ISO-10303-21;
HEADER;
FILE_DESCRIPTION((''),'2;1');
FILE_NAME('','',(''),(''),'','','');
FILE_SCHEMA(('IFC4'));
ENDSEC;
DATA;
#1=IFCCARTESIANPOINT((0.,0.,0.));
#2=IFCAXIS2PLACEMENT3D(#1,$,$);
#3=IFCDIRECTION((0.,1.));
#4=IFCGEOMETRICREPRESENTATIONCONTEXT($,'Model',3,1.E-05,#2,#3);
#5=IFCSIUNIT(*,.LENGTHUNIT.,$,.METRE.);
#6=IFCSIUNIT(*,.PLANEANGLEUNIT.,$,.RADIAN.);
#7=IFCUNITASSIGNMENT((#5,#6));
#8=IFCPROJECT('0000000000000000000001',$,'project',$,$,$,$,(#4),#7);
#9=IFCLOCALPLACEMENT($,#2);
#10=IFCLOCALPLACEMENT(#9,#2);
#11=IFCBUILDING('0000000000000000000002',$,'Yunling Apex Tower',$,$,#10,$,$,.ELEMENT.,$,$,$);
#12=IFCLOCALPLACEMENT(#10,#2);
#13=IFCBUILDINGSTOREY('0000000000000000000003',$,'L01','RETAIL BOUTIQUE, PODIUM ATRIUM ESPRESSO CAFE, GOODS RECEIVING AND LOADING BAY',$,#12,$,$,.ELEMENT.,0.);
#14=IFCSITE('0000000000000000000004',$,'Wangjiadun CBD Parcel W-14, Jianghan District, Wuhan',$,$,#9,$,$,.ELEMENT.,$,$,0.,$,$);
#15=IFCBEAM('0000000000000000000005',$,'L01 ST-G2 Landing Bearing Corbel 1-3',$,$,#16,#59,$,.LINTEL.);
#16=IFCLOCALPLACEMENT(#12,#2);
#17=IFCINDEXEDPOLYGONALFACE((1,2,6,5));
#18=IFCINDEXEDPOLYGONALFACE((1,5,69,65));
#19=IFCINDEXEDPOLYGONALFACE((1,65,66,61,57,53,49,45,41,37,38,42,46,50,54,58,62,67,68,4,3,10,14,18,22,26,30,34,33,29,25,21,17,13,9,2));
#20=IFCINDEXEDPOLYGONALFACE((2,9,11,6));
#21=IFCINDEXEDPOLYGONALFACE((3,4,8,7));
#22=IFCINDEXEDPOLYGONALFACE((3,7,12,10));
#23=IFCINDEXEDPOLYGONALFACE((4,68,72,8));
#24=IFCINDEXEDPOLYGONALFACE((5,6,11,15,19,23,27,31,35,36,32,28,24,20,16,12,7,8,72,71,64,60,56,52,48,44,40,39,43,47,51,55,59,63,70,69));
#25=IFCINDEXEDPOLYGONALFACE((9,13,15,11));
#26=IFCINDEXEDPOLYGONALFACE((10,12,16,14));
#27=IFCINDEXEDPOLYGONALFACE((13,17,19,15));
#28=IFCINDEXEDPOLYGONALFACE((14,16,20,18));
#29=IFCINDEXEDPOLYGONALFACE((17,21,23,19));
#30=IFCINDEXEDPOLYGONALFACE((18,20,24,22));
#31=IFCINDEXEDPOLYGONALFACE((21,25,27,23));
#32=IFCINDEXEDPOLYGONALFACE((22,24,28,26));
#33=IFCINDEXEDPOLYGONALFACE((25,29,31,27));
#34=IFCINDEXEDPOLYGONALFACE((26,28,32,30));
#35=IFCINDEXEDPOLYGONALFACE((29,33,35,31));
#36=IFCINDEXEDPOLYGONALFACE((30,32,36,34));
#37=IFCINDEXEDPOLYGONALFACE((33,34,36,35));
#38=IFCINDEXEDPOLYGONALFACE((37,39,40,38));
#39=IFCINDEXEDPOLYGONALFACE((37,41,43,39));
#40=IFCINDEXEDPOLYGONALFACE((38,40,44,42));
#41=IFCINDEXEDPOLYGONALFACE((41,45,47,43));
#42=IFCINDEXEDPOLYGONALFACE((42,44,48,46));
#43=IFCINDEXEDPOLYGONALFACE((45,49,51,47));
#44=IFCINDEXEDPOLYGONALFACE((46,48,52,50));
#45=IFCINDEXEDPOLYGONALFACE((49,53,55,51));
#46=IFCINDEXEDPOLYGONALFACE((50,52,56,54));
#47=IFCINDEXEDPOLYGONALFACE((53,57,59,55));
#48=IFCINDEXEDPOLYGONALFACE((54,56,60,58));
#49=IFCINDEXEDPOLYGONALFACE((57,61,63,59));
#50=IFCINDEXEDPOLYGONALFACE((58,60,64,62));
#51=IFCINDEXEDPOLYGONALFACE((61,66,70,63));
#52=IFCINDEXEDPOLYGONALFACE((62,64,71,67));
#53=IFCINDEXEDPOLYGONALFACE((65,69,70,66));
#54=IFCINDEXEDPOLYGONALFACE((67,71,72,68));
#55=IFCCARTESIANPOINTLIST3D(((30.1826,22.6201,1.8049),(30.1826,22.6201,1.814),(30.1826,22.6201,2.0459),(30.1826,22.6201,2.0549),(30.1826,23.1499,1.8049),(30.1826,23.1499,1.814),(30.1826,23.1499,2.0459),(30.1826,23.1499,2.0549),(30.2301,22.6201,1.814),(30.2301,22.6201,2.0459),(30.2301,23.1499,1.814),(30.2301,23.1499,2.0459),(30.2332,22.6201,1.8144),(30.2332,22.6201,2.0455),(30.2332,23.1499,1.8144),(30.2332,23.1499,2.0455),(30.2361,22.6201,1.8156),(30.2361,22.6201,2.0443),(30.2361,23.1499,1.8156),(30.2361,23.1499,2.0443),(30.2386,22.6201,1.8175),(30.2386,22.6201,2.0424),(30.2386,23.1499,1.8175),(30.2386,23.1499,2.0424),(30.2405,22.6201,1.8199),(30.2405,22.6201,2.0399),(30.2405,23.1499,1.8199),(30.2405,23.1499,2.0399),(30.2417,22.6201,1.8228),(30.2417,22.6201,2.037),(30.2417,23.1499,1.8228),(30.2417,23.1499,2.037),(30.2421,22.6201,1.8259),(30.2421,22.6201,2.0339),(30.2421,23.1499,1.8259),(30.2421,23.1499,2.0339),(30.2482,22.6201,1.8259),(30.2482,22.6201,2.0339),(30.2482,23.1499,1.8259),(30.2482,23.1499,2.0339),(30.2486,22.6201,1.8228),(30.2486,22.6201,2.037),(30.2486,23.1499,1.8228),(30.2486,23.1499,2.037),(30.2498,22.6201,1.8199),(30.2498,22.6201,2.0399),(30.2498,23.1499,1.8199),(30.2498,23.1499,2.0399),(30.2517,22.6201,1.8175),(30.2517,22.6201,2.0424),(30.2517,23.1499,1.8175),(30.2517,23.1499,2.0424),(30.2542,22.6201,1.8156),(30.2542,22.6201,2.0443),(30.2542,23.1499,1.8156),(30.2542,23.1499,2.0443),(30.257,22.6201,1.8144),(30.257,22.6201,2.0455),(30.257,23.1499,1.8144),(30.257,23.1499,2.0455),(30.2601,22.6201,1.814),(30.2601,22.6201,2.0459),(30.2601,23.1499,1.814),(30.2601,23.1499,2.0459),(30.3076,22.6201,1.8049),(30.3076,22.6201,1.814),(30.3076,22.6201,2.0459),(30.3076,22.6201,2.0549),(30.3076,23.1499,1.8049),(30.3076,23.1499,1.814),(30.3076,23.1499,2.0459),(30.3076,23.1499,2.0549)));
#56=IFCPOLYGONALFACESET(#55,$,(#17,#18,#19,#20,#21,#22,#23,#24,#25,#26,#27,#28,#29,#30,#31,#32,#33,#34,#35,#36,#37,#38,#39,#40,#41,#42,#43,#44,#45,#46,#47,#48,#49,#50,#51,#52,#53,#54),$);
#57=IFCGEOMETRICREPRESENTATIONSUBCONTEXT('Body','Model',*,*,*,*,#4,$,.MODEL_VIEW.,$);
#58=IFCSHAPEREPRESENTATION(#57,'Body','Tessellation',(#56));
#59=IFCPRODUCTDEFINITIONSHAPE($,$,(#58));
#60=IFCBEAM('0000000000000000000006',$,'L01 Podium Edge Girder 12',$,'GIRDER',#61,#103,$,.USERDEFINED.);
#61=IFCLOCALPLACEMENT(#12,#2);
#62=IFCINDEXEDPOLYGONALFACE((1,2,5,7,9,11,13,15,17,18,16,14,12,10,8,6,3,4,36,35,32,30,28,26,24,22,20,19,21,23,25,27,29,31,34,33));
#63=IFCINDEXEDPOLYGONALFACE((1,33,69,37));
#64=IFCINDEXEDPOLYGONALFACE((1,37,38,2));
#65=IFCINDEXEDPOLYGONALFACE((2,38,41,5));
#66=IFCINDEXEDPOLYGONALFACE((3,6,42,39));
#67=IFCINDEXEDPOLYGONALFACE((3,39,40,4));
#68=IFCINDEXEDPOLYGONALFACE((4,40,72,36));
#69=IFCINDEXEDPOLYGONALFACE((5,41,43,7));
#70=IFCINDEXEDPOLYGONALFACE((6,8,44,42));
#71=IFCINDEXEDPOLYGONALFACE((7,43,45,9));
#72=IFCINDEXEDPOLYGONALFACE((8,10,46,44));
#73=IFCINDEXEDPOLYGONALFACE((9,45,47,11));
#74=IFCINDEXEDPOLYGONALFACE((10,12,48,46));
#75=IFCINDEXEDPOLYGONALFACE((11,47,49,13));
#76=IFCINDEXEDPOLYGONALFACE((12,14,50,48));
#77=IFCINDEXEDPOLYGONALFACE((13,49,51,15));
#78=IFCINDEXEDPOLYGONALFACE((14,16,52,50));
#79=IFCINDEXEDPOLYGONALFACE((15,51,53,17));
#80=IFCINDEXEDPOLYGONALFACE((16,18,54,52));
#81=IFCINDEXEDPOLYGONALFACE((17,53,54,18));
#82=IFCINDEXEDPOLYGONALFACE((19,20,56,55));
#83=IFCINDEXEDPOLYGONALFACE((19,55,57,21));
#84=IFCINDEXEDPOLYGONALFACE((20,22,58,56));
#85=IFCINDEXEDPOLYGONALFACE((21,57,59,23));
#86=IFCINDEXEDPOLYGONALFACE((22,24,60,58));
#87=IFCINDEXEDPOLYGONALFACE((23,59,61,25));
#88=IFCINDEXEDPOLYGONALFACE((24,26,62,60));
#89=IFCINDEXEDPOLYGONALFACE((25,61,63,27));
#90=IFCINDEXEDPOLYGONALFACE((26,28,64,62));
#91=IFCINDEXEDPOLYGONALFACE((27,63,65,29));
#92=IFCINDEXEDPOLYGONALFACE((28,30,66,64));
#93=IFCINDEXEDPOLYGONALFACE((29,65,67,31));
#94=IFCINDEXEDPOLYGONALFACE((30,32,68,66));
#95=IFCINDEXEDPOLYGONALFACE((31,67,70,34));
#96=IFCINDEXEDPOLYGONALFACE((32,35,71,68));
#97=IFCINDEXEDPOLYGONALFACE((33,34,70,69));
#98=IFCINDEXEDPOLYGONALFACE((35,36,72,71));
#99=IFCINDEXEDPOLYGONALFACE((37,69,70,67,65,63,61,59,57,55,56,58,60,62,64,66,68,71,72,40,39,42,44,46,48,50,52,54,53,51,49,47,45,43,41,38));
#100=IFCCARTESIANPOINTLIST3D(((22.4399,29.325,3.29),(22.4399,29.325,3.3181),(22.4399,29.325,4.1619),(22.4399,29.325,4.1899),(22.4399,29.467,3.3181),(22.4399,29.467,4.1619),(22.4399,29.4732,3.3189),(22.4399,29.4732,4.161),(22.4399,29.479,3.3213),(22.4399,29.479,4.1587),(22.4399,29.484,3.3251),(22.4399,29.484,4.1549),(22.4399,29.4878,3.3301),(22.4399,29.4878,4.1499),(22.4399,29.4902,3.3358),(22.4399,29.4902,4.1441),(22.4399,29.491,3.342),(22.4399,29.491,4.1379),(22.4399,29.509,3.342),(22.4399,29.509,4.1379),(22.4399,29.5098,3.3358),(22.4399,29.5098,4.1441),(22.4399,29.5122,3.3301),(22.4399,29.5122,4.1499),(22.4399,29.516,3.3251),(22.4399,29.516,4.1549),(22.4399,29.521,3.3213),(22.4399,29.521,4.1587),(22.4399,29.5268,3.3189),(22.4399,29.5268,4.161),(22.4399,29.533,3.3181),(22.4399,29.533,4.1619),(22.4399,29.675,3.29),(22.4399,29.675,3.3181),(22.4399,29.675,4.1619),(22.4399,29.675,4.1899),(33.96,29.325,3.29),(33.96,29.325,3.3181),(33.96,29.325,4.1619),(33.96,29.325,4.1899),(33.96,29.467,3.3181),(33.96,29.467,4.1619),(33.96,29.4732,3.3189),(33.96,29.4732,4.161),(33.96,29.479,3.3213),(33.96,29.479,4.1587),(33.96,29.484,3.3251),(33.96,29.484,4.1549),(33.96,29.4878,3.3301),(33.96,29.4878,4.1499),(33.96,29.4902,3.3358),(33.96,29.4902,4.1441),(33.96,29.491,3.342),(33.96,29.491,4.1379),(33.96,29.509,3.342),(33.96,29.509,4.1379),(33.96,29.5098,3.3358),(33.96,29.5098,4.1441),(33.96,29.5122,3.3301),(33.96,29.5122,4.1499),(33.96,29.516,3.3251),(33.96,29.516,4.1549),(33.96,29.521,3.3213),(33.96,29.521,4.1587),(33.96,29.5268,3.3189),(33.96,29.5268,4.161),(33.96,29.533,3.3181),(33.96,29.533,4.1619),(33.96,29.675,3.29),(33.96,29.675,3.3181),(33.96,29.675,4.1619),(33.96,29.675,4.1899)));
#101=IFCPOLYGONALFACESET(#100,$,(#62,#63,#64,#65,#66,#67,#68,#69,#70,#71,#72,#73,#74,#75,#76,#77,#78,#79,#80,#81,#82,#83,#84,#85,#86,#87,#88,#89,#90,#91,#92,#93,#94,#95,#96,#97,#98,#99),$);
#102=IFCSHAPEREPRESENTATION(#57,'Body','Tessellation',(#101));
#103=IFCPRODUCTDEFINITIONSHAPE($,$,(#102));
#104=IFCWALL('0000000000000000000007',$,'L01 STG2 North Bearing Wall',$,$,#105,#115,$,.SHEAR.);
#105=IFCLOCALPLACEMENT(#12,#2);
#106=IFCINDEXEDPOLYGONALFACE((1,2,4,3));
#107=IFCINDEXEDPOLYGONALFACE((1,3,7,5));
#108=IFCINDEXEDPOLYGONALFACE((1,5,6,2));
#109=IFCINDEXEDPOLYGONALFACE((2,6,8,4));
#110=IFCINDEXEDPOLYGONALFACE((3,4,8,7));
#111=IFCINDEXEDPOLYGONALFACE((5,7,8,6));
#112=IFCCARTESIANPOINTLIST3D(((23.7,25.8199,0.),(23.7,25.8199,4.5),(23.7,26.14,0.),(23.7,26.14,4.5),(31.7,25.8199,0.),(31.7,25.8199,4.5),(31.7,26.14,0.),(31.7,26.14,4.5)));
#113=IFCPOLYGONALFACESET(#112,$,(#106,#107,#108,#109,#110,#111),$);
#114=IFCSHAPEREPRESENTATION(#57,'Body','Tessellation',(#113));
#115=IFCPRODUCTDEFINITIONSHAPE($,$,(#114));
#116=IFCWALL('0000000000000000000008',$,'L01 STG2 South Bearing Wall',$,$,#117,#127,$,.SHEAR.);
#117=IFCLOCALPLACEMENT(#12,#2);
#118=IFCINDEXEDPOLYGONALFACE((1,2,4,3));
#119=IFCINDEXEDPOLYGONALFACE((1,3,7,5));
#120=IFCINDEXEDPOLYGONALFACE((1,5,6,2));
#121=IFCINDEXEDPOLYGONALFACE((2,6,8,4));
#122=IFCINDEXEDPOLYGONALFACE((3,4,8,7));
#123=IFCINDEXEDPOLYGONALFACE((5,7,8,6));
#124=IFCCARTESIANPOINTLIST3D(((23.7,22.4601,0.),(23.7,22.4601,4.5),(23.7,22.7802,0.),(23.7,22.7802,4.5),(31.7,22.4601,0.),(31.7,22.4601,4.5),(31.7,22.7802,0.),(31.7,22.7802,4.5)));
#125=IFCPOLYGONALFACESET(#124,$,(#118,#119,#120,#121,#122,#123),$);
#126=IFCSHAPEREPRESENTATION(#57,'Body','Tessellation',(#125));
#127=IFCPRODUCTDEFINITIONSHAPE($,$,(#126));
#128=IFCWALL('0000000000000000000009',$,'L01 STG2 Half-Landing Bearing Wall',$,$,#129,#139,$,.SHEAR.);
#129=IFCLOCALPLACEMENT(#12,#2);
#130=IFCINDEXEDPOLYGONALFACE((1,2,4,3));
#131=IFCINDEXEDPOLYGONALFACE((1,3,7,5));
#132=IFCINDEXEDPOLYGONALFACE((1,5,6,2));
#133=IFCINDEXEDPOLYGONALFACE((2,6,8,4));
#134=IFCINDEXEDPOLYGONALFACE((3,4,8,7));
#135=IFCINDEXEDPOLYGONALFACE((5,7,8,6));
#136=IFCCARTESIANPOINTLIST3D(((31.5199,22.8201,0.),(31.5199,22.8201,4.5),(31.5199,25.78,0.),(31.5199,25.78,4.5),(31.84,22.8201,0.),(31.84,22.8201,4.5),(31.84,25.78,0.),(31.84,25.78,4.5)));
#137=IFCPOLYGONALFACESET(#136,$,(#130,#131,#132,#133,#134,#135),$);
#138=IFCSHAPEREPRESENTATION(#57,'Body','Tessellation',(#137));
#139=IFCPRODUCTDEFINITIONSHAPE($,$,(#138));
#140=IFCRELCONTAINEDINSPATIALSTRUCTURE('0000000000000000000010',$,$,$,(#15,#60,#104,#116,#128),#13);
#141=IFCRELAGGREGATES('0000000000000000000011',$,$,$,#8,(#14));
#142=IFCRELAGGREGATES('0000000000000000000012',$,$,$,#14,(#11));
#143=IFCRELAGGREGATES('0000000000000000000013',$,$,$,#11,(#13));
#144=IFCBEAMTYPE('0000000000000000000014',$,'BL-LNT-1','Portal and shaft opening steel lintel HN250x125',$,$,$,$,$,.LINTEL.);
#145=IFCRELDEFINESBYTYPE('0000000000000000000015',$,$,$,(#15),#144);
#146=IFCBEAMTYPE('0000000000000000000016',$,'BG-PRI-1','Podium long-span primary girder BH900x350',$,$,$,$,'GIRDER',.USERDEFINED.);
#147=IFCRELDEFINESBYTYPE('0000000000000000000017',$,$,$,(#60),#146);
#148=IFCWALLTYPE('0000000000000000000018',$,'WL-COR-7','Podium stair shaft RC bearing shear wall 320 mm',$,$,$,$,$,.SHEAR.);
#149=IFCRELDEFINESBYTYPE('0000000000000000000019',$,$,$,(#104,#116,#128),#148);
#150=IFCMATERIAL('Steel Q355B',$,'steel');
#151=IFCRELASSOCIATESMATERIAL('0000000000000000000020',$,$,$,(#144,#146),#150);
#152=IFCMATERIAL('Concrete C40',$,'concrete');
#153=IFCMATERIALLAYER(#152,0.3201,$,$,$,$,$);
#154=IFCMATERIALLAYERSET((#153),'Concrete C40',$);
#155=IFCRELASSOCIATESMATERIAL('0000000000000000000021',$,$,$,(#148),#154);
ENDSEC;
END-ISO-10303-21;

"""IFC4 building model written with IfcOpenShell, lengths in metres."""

from ifc_helpers import new_model, si_unit, direction, frame, frame_2d, origin, origin_2d, place, context, subcontext, project, spatial, rectangle, i_section, extrude, source, transform, mapped, material, layer, layer_set, material_profile, profile_set, type_object, element, save


model = new_model("IFC4")

# Units and contexts
model_context = context("Model", 3, precision=1e-05, world=origin(), true_north=direction((0.0, 1.0)))
body_context = subcontext(model_context, "Body", "Model", "MODEL_VIEW")
ifc_project = project(units=[si_unit("LENGTHUNIT", "METRE"), si_unit("PLANEANGLEUNIT", "RADIAN")], contexts=[model_context])

# Site, building, storey
site_placement = place(None, origin())
site = spatial("IfcSite", under=ifc_project, at=site_placement, Name="Wangjiadun CBD Parcel W-14, Jianghan District, Wuhan", CompositionType="ELEMENT", RefElevation=0.0)
building_placement = place(site_placement, origin())
building = spatial("IfcBuilding", under=site, at=building_placement, Name="Yunling Apex Tower", CompositionType="ELEMENT")
storey_placement = place(building_placement, origin())
storey = spatial("IfcBuildingStorey", under=building, at=storey_placement, Name="L01", Description="RETAIL BOUTIQUE, PODIUM ATRIUM ESPRESSO CAFE, GOODS RECEIVING AND LOADING BAY", CompositionType="ELEMENT", Elevation=0.0)

# Beams
ifc_material_1 = material(Name="Steel Q355B", Category="steel")
ifc_material_profile_1 = material_profile(ifc_material_1, i_section(OverallWidth=0.125, OverallDepth=0.25, WebThickness=0.0061, FlangeThickness=0.009, FilletRadius=0.012, at=origin_2d()))
ifc_profile_set_1 = profile_set([ifc_material_profile_1], Name="Steel Q355B")
beam_type_1 = type_object("IfcBeamType", Name="BL-LNT-1", Description="Portal and shaft opening steel lintel HN250x125", PredefinedType="LINTEL", material=ifc_profile_set_1)
shared_shape_1 = source(origin(), body_context, "Body", "SweptSolid", [
    extrude(i_section(OverallWidth=0.125, OverallDepth=0.25, WebThickness=0.0061, FlangeThickness=0.009, FilletRadius=0.012, at=origin_2d()), origin(), (0.0, 0.0, 1.0), 0.5298),
])
beam_1_placement = place(storey_placement, frame((30.2451, 22.6201, 1.9299), z_axis=(0.0, 1.0, 0.0), x_axis=(-1.0, 0.0, 0.0)))
element("IfcBeam", 1, at=beam_1_placement, inside=storey, type_object=beam_type_1, Name="L01 ST-G2 Landing Bearing Corbel 1-3", PredefinedType="LINTEL", context=body_context, shape_type="MappedRepresentation", body=[
    mapped(shared_shape_1, transform((0.0, 0.0, 0.0), scale=1.0)),
])
ifc_material_profile_2 = material_profile(ifc_material_1, i_section(OverallWidth=0.3501, OverallDepth=0.8999, WebThickness=0.0181, FlangeThickness=0.0281, FilletRadius=0.0239, at=origin_2d()))
ifc_profile_set_2 = profile_set([ifc_material_profile_2], Name="Steel Q355B")
beam_type_2 = type_object("IfcBeamType", Name="BG-PRI-1", Description="Podium long-span primary girder BH900x350", ElementType="GIRDER", PredefinedType="USERDEFINED", material=ifc_profile_set_2)
shared_shape_2 = source(origin(), body_context, "Body", "SweptSolid", [
    extrude(i_section(OverallWidth=0.3501, OverallDepth=0.8999, WebThickness=0.0181, FlangeThickness=0.0281, FilletRadius=0.0239, at=origin_2d()), origin(), (0.0, 0.0, 1.0), 11.52),
])
beam_2_placement = place(storey_placement, frame((22.4399, 29.5, 3.74), z_axis=(1.0, 0.0, 0.0), x_axis=(0.0, 1.0, 0.0)))
element("IfcBeam", 2, at=beam_2_placement, inside=storey, type_object=beam_type_2, Name="L01 Podium Edge Girder 12", ObjectType="GIRDER", PredefinedType="USERDEFINED", context=body_context, shape_type="MappedRepresentation", body=[
    mapped(shared_shape_2, transform((0.0, 0.0, 0.0), scale=1.0)),
])

# Walls
ifc_material_2 = material(Name="Concrete C40", Category="concrete")
ifc_layer_1 = layer(ifc_material_2, 0.3201)
ifc_layer_set_1 = layer_set([ifc_layer_1], Name="Concrete C40")
wall_type_1 = type_object("IfcWallType", Name="WL-COR-7", Description="Podium stair shaft RC bearing shear wall 320 mm", PredefinedType="SHEAR", material=ifc_layer_set_1)
for number, where, z_axis, x_axis, name in (
    (3, (23.7, 25.98, 0.0), (0.0, 0.0, 1.0), (1.0, 0.0, 0.0), "L01 STG2 North Bearing Wall"),
    (4, (23.7, 22.6201, 0.0), (0.0, 0.0, 1.0), (1.0, 0.0, 0.0), "L01 STG2 South Bearing Wall"),
):
    element("IfcWall", number, at=place(storey_placement, frame(where, z_axis=z_axis, x_axis=x_axis)), inside=storey, type_object=wall_type_1, Name=name, PredefinedType="SHEAR", context=body_context, shape_type="SweptSolid", body=[
        extrude(rectangle(XDim=8.0, YDim=0.3201, at=frame_2d((4.0, 0.0))), origin(), (0.0, 0.0, 1.0), 4.5),
    ])
wall_1_placement = place(storey_placement, frame((31.6799, 22.8201, 0.0), z_axis=(0.0, 0.0, 1.0), x_axis=(0.0, 1.0, 0.0)))
element("IfcWall", 5, at=wall_1_placement, inside=storey, type_object=wall_type_1, Name="L01 STG2 Half-Landing Bearing Wall", PredefinedType="SHEAR", context=body_context, shape_type="SweptSolid", body=[
    extrude(rectangle(XDim=2.96, YDim=0.3201, at=frame_2d((1.48, 0.0))), origin(), (0.0, 0.0, 1.0), 4.5),
])

save(model, "model.ifc")
